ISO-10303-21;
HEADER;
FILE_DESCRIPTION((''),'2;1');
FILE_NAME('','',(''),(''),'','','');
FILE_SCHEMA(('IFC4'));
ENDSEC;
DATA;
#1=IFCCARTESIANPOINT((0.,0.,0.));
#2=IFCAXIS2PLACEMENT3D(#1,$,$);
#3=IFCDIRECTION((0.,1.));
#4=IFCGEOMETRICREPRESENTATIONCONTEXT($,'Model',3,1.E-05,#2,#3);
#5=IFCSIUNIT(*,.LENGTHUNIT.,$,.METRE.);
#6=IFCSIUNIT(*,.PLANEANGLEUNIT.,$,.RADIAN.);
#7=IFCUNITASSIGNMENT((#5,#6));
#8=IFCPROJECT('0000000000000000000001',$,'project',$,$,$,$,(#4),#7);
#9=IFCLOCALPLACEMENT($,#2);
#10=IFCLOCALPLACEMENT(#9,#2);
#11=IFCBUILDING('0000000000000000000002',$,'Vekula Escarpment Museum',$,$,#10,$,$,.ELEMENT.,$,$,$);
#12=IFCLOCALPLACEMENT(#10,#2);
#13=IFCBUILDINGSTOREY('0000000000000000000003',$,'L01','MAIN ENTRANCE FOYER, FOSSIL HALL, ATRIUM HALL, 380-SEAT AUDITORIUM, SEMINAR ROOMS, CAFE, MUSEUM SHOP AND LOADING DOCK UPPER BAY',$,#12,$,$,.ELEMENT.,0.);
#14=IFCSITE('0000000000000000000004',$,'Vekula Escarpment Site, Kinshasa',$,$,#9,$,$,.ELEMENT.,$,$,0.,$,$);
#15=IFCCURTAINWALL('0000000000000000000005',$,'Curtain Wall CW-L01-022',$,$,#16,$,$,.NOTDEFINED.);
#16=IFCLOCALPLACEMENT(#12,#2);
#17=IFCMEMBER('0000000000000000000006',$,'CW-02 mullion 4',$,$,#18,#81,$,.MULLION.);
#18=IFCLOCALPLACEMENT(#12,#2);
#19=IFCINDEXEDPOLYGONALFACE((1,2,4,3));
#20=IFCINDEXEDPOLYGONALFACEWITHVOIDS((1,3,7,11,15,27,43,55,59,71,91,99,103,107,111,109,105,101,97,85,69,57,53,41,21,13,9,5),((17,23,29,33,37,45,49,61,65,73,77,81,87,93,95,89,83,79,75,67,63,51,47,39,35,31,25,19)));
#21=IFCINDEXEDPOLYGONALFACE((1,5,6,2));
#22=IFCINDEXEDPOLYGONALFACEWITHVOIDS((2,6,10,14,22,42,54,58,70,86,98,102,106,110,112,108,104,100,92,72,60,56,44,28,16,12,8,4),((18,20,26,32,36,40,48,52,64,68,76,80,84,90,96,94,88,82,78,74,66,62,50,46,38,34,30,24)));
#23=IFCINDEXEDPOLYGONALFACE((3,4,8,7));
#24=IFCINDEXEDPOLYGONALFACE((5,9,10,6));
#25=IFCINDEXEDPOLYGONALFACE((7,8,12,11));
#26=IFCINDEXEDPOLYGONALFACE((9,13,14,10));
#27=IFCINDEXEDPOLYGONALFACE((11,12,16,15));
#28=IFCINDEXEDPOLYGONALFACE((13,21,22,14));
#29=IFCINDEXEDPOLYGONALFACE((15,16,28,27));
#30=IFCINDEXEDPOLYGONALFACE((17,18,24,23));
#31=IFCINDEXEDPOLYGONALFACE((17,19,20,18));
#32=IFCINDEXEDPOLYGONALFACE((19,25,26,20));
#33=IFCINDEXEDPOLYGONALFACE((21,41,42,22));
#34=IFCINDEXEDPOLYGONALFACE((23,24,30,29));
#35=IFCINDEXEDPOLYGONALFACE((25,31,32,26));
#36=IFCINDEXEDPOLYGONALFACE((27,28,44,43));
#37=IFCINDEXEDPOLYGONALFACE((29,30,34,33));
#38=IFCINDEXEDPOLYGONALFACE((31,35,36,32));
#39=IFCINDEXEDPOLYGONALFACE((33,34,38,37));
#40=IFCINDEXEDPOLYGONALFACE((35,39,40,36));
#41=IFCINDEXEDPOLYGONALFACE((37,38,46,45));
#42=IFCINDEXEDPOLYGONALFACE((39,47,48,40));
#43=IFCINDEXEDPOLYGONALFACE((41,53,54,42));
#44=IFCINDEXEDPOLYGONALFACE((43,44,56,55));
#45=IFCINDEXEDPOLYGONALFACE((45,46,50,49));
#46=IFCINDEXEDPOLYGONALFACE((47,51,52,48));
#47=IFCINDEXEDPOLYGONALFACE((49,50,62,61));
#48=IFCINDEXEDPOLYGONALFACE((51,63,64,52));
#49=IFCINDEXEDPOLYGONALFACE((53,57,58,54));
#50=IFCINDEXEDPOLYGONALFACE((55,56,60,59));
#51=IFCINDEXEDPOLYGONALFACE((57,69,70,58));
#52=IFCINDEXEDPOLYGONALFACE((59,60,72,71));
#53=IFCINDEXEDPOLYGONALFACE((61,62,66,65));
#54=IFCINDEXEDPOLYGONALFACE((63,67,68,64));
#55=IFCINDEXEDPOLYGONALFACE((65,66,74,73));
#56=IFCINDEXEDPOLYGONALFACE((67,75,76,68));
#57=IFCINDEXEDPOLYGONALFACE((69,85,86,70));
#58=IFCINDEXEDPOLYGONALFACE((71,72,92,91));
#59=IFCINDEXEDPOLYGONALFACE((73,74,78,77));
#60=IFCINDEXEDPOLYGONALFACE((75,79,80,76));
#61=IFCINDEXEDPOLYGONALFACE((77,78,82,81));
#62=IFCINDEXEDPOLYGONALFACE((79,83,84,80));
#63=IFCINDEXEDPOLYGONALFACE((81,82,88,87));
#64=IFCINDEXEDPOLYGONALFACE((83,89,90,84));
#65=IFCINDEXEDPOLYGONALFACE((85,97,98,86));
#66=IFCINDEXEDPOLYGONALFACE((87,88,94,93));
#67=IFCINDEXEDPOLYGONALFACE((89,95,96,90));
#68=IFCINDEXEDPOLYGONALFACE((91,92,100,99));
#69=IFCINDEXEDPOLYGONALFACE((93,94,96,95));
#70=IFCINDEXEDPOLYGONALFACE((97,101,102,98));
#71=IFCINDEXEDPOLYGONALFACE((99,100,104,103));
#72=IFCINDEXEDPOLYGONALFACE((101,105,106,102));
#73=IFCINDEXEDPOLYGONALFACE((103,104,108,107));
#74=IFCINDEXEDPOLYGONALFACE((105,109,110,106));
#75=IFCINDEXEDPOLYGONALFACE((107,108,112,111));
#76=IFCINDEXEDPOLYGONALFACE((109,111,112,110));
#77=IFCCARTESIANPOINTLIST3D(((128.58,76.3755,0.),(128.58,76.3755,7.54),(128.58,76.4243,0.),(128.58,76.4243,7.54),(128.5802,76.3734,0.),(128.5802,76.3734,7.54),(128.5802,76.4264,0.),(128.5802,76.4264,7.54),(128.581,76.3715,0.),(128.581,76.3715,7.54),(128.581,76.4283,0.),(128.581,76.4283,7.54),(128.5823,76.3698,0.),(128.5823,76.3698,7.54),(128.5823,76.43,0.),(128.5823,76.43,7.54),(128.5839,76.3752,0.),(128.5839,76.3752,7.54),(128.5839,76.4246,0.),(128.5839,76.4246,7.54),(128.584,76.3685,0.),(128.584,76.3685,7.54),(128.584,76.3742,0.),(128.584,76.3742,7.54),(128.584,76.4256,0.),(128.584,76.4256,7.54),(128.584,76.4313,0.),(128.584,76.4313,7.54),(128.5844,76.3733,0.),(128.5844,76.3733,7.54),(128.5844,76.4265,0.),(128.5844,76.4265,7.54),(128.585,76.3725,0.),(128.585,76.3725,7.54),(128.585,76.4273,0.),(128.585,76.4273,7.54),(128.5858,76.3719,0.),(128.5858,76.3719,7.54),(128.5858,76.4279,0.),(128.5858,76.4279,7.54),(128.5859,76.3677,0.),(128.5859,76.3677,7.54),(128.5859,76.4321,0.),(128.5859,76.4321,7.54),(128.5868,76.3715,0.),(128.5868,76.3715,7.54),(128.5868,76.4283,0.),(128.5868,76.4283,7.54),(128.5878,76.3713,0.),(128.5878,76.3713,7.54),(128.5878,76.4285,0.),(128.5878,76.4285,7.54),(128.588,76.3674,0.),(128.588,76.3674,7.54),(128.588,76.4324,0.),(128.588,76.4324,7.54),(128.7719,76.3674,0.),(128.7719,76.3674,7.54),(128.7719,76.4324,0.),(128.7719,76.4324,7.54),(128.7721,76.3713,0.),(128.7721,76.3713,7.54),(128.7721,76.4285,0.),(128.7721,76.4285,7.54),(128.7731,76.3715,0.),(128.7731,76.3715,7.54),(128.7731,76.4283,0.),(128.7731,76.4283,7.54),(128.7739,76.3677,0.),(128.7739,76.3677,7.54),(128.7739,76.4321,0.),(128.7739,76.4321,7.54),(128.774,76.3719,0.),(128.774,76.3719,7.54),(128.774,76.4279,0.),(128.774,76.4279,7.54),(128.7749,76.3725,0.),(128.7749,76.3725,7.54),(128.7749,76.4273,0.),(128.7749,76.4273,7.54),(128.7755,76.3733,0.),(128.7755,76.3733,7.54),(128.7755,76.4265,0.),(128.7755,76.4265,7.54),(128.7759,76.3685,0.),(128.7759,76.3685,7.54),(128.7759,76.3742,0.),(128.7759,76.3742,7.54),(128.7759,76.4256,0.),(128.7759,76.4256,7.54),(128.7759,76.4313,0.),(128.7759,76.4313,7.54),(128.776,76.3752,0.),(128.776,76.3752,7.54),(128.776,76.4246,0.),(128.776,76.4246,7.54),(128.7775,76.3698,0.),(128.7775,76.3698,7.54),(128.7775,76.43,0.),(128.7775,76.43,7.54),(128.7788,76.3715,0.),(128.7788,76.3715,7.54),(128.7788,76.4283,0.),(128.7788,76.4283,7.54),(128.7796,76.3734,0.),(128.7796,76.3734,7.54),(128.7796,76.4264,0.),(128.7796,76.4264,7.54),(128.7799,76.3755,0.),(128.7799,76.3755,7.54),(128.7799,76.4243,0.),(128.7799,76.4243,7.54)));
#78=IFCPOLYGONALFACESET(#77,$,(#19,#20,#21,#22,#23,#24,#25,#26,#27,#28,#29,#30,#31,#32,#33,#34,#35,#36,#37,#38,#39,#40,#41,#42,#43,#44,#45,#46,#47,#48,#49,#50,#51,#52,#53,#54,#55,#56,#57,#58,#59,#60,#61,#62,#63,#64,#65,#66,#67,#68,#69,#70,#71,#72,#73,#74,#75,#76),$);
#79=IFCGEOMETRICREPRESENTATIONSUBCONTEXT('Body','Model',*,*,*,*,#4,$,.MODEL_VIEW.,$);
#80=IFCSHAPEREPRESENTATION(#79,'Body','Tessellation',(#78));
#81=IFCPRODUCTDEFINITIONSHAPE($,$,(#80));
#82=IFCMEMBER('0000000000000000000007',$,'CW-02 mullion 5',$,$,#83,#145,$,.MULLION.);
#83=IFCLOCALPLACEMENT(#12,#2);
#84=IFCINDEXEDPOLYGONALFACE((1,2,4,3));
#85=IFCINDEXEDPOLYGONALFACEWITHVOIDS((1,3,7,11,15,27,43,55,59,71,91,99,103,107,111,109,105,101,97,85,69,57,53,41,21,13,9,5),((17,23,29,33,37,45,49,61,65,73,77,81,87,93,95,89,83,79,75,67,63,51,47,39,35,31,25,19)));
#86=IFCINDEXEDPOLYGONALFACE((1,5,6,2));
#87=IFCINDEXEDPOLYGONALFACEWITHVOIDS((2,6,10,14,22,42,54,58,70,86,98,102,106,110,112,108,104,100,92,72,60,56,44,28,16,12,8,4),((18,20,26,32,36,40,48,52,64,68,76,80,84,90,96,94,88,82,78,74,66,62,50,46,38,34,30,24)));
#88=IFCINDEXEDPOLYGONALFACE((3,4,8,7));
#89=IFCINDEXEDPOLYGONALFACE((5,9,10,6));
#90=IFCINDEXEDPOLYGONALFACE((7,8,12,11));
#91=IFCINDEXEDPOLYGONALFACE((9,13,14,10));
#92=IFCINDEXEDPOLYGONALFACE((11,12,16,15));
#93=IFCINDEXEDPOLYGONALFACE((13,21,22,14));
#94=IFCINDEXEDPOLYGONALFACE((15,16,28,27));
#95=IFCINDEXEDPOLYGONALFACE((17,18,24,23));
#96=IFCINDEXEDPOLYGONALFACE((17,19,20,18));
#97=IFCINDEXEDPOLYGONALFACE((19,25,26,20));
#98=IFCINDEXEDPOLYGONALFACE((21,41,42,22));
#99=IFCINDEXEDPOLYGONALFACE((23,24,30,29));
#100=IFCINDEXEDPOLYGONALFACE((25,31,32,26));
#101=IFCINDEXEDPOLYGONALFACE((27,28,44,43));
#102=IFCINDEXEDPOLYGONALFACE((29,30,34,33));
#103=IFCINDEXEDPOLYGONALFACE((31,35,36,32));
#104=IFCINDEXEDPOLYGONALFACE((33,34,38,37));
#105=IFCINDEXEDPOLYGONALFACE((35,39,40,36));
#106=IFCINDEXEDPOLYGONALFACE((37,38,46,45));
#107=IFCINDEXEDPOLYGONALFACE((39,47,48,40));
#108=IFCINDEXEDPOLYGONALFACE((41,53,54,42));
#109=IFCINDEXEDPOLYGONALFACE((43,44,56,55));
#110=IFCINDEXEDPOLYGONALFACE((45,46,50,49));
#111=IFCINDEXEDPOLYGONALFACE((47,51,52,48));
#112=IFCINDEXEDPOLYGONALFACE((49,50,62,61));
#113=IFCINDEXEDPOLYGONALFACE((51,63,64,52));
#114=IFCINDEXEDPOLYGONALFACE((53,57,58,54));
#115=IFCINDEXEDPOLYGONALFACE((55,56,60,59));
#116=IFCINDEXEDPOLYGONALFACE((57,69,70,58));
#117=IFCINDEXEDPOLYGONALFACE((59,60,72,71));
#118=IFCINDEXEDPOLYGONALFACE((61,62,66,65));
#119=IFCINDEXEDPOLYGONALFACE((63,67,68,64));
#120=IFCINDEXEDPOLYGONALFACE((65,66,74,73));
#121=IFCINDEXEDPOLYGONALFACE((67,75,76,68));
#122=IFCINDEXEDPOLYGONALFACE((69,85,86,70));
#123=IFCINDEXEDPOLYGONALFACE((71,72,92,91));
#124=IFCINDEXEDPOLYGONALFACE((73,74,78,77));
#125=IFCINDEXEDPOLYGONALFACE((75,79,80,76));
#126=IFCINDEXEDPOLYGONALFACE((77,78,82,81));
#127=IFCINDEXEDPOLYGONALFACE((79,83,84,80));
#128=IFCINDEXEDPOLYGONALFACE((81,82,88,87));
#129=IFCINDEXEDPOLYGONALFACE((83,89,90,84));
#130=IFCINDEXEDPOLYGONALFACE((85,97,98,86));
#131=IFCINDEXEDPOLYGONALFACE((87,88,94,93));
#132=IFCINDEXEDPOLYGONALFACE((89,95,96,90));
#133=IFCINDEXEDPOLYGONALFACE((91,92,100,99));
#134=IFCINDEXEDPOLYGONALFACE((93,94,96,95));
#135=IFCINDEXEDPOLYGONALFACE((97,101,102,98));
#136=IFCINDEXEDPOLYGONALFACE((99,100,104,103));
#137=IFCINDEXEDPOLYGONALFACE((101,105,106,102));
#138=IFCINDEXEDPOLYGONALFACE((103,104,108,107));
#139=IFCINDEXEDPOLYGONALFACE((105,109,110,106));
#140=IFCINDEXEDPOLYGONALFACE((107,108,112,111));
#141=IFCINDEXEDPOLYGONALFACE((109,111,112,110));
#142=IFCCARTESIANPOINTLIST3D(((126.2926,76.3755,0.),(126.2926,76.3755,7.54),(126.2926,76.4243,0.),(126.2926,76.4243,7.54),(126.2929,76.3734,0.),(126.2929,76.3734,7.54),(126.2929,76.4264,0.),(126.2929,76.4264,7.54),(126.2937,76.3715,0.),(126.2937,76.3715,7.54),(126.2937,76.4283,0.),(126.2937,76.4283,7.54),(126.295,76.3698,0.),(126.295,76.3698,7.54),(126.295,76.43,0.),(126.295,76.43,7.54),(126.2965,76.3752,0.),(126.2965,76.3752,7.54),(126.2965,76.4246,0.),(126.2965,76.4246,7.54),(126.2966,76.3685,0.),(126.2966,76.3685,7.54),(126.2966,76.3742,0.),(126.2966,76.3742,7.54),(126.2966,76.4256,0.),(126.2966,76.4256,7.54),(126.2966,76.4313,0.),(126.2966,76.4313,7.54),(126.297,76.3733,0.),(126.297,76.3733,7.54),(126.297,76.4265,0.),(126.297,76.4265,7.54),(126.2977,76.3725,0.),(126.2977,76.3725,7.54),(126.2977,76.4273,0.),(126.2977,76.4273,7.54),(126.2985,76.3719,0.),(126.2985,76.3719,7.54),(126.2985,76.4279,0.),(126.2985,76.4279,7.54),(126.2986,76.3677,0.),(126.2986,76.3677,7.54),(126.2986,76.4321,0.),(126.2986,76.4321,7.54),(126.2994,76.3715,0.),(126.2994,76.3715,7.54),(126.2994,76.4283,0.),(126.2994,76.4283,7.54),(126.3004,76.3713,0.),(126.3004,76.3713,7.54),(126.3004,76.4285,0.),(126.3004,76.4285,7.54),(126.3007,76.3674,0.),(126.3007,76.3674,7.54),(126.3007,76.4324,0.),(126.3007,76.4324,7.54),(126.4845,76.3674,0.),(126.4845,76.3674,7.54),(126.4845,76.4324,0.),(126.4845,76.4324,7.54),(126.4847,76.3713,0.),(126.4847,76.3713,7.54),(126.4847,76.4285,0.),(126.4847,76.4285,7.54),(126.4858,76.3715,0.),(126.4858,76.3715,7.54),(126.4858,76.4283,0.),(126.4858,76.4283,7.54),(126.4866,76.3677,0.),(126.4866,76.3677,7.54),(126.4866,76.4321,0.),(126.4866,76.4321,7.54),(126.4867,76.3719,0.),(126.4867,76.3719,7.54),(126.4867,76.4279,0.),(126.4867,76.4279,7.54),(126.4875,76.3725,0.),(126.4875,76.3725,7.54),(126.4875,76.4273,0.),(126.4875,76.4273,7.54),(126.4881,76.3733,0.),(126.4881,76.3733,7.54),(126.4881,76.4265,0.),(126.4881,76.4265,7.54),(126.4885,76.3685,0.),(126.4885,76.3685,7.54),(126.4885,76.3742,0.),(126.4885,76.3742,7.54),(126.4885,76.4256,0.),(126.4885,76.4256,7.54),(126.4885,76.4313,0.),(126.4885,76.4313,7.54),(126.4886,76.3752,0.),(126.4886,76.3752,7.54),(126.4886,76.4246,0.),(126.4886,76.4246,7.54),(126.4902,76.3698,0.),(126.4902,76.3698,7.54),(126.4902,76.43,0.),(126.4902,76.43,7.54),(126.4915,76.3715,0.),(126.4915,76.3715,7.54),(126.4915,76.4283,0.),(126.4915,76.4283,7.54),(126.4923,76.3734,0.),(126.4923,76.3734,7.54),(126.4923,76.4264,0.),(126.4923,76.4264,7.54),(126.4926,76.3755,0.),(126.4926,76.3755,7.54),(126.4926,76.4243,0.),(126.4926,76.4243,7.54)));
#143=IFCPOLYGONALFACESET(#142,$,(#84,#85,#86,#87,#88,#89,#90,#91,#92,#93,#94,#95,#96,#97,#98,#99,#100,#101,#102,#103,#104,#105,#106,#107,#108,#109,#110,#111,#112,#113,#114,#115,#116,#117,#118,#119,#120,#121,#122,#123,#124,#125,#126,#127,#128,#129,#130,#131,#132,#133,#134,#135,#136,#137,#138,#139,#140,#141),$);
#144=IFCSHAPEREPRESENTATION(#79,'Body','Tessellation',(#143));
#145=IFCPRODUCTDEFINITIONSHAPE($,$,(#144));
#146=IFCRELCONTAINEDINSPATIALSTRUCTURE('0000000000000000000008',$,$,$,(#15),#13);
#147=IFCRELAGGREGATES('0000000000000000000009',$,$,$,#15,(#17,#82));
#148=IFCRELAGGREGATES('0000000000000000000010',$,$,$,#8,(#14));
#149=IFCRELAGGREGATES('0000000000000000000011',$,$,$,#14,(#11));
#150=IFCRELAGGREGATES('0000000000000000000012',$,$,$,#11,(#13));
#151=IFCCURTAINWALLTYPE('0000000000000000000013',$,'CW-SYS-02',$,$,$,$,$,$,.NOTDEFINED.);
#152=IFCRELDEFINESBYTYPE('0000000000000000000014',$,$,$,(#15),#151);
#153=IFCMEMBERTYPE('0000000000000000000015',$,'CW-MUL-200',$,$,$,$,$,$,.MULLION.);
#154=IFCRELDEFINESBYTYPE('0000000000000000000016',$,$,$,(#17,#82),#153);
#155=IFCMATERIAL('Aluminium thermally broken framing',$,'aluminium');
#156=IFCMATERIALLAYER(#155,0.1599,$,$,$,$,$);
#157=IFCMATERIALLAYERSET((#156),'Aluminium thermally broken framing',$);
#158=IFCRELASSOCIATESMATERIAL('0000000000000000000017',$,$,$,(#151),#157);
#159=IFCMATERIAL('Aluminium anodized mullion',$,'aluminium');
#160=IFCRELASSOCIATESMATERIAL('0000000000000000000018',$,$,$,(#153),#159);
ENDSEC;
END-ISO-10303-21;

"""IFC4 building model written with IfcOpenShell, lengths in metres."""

from ifc_helpers import new_model, si_unit, direction, frame, origin, origin_2d, place, context, subcontext, project, spatial, hollow_rectangle, extrude, material, layer, layer_set, material_profile, profile_set, type_object, element, aggregate, save


model = new_model("IFC4")

# Units and contexts
model_context = context("Model", 3, precision=1e-05, world=origin(), true_north=direction((0.0, 1.0)))
body_context = subcontext(model_context, "Body", "Model", "MODEL_VIEW")
ifc_project = project(units=[si_unit("LENGTHUNIT", "METRE"), si_unit("PLANEANGLEUNIT", "RADIAN")], contexts=[model_context])

# Site, building, storey
site_placement = place(None, origin())
site = spatial("IfcSite", under=ifc_project, at=site_placement, Name="Vekula Escarpment Site, Kinshasa", CompositionType="ELEMENT", RefElevation=0.0)
building_placement = place(site_placement, origin())
building = spatial("IfcBuilding", under=site, at=building_placement, Name="Vekula Escarpment Museum", CompositionType="ELEMENT")
storey_placement = place(building_placement, origin())
storey = spatial("IfcBuildingStorey", under=building, at=storey_placement, Name="L01", Description="MAIN ENTRANCE FOYER, FOSSIL HALL, ATRIUM HALL, 380-SEAT AUDITORIUM, SEMINAR ROOMS, CAFE, MUSEUM SHOP AND LOADING DOCK UPPER BAY", CompositionType="ELEMENT", Elevation=0.0)

# Shared definitions
ifc_material_1 = material(Name="Aluminium thermally broken framing", Category="aluminium")
ifc_layer_1 = layer(ifc_material_1, 0.1599)
ifc_layer_set_1 = layer_set([ifc_layer_1], Name="Aluminium thermally broken framing")
curtain_wall_type = type_object("IfcCurtainWallType", Name="CW-SYS-02", PredefinedType="NOTDEFINED", material=ifc_layer_set_1)
ifc_material_2 = material(Name="Aluminium anodized mullion", Category="aluminium")
ifc_material_profile_1 = material_profile(ifc_material_2, hollow_rectangle(XDim=0.0649, YDim=0.2, WallThickness=0.0039, InnerFilletRadius=0.0039, OuterFilletRadius=0.0081, at=origin_2d()), Name="ALU 200x65x4")
ifc_profile_set_1 = profile_set([ifc_material_profile_1], Name="Aluminium anodized mullion")
member_type_1 = type_object("IfcMemberType", Name="CW-MUL-200", PredefinedType="MULLION", material=ifc_profile_set_1)

# Curtain wall, members
curtain_wall_1_placement = place(storey_placement, origin())
curtain_wall_1 = element("IfcCurtainWall", 1, at=curtain_wall_1_placement, inside=storey, type_object=curtain_wall_type, Name="Curtain Wall CW-L01-022", PredefinedType="NOTDEFINED")
member_1_placement = place(storey_placement, frame((128.6799, 76.3999, 0.0), z_axis=(0.0, 0.0, 1.0), x_axis=(0.0, -1.0, 0.0)))
member_1 = element("IfcMember", 2, at=member_1_placement, type_object=member_type_1, Name="CW-02 mullion 4", PredefinedType="MULLION", context=body_context, shape_type="SweptSolid", body=[
    extrude(hollow_rectangle(XDim=0.0649, YDim=0.2, WallThickness=0.0039, InnerFilletRadius=0.0039, OuterFilletRadius=0.0081, at=origin_2d()), origin(), (0.0, 0.0, 1.0), 7.54),
])
member_2_placement = place(storey_placement, frame((126.3926, 76.3999, 0.0), z_axis=(0.0, 0.0, 1.0), x_axis=(0.0, -1.0, 0.0)))
member_2 = element("IfcMember", 3, at=member_2_placement, type_object=member_type_1, Name="CW-02 mullion 5", PredefinedType="MULLION", context=body_context, shape_type="SweptSolid", body=[
    extrude(hollow_rectangle(XDim=0.0649, YDim=0.2, WallThickness=0.0039, InnerFilletRadius=0.0039, OuterFilletRadius=0.0081, at=origin_2d()), origin(), (0.0, 0.0, 1.0), 7.54),
])

aggregate(curtain_wall_1, [member_1, member_2])

save(model, "model.ifc")
